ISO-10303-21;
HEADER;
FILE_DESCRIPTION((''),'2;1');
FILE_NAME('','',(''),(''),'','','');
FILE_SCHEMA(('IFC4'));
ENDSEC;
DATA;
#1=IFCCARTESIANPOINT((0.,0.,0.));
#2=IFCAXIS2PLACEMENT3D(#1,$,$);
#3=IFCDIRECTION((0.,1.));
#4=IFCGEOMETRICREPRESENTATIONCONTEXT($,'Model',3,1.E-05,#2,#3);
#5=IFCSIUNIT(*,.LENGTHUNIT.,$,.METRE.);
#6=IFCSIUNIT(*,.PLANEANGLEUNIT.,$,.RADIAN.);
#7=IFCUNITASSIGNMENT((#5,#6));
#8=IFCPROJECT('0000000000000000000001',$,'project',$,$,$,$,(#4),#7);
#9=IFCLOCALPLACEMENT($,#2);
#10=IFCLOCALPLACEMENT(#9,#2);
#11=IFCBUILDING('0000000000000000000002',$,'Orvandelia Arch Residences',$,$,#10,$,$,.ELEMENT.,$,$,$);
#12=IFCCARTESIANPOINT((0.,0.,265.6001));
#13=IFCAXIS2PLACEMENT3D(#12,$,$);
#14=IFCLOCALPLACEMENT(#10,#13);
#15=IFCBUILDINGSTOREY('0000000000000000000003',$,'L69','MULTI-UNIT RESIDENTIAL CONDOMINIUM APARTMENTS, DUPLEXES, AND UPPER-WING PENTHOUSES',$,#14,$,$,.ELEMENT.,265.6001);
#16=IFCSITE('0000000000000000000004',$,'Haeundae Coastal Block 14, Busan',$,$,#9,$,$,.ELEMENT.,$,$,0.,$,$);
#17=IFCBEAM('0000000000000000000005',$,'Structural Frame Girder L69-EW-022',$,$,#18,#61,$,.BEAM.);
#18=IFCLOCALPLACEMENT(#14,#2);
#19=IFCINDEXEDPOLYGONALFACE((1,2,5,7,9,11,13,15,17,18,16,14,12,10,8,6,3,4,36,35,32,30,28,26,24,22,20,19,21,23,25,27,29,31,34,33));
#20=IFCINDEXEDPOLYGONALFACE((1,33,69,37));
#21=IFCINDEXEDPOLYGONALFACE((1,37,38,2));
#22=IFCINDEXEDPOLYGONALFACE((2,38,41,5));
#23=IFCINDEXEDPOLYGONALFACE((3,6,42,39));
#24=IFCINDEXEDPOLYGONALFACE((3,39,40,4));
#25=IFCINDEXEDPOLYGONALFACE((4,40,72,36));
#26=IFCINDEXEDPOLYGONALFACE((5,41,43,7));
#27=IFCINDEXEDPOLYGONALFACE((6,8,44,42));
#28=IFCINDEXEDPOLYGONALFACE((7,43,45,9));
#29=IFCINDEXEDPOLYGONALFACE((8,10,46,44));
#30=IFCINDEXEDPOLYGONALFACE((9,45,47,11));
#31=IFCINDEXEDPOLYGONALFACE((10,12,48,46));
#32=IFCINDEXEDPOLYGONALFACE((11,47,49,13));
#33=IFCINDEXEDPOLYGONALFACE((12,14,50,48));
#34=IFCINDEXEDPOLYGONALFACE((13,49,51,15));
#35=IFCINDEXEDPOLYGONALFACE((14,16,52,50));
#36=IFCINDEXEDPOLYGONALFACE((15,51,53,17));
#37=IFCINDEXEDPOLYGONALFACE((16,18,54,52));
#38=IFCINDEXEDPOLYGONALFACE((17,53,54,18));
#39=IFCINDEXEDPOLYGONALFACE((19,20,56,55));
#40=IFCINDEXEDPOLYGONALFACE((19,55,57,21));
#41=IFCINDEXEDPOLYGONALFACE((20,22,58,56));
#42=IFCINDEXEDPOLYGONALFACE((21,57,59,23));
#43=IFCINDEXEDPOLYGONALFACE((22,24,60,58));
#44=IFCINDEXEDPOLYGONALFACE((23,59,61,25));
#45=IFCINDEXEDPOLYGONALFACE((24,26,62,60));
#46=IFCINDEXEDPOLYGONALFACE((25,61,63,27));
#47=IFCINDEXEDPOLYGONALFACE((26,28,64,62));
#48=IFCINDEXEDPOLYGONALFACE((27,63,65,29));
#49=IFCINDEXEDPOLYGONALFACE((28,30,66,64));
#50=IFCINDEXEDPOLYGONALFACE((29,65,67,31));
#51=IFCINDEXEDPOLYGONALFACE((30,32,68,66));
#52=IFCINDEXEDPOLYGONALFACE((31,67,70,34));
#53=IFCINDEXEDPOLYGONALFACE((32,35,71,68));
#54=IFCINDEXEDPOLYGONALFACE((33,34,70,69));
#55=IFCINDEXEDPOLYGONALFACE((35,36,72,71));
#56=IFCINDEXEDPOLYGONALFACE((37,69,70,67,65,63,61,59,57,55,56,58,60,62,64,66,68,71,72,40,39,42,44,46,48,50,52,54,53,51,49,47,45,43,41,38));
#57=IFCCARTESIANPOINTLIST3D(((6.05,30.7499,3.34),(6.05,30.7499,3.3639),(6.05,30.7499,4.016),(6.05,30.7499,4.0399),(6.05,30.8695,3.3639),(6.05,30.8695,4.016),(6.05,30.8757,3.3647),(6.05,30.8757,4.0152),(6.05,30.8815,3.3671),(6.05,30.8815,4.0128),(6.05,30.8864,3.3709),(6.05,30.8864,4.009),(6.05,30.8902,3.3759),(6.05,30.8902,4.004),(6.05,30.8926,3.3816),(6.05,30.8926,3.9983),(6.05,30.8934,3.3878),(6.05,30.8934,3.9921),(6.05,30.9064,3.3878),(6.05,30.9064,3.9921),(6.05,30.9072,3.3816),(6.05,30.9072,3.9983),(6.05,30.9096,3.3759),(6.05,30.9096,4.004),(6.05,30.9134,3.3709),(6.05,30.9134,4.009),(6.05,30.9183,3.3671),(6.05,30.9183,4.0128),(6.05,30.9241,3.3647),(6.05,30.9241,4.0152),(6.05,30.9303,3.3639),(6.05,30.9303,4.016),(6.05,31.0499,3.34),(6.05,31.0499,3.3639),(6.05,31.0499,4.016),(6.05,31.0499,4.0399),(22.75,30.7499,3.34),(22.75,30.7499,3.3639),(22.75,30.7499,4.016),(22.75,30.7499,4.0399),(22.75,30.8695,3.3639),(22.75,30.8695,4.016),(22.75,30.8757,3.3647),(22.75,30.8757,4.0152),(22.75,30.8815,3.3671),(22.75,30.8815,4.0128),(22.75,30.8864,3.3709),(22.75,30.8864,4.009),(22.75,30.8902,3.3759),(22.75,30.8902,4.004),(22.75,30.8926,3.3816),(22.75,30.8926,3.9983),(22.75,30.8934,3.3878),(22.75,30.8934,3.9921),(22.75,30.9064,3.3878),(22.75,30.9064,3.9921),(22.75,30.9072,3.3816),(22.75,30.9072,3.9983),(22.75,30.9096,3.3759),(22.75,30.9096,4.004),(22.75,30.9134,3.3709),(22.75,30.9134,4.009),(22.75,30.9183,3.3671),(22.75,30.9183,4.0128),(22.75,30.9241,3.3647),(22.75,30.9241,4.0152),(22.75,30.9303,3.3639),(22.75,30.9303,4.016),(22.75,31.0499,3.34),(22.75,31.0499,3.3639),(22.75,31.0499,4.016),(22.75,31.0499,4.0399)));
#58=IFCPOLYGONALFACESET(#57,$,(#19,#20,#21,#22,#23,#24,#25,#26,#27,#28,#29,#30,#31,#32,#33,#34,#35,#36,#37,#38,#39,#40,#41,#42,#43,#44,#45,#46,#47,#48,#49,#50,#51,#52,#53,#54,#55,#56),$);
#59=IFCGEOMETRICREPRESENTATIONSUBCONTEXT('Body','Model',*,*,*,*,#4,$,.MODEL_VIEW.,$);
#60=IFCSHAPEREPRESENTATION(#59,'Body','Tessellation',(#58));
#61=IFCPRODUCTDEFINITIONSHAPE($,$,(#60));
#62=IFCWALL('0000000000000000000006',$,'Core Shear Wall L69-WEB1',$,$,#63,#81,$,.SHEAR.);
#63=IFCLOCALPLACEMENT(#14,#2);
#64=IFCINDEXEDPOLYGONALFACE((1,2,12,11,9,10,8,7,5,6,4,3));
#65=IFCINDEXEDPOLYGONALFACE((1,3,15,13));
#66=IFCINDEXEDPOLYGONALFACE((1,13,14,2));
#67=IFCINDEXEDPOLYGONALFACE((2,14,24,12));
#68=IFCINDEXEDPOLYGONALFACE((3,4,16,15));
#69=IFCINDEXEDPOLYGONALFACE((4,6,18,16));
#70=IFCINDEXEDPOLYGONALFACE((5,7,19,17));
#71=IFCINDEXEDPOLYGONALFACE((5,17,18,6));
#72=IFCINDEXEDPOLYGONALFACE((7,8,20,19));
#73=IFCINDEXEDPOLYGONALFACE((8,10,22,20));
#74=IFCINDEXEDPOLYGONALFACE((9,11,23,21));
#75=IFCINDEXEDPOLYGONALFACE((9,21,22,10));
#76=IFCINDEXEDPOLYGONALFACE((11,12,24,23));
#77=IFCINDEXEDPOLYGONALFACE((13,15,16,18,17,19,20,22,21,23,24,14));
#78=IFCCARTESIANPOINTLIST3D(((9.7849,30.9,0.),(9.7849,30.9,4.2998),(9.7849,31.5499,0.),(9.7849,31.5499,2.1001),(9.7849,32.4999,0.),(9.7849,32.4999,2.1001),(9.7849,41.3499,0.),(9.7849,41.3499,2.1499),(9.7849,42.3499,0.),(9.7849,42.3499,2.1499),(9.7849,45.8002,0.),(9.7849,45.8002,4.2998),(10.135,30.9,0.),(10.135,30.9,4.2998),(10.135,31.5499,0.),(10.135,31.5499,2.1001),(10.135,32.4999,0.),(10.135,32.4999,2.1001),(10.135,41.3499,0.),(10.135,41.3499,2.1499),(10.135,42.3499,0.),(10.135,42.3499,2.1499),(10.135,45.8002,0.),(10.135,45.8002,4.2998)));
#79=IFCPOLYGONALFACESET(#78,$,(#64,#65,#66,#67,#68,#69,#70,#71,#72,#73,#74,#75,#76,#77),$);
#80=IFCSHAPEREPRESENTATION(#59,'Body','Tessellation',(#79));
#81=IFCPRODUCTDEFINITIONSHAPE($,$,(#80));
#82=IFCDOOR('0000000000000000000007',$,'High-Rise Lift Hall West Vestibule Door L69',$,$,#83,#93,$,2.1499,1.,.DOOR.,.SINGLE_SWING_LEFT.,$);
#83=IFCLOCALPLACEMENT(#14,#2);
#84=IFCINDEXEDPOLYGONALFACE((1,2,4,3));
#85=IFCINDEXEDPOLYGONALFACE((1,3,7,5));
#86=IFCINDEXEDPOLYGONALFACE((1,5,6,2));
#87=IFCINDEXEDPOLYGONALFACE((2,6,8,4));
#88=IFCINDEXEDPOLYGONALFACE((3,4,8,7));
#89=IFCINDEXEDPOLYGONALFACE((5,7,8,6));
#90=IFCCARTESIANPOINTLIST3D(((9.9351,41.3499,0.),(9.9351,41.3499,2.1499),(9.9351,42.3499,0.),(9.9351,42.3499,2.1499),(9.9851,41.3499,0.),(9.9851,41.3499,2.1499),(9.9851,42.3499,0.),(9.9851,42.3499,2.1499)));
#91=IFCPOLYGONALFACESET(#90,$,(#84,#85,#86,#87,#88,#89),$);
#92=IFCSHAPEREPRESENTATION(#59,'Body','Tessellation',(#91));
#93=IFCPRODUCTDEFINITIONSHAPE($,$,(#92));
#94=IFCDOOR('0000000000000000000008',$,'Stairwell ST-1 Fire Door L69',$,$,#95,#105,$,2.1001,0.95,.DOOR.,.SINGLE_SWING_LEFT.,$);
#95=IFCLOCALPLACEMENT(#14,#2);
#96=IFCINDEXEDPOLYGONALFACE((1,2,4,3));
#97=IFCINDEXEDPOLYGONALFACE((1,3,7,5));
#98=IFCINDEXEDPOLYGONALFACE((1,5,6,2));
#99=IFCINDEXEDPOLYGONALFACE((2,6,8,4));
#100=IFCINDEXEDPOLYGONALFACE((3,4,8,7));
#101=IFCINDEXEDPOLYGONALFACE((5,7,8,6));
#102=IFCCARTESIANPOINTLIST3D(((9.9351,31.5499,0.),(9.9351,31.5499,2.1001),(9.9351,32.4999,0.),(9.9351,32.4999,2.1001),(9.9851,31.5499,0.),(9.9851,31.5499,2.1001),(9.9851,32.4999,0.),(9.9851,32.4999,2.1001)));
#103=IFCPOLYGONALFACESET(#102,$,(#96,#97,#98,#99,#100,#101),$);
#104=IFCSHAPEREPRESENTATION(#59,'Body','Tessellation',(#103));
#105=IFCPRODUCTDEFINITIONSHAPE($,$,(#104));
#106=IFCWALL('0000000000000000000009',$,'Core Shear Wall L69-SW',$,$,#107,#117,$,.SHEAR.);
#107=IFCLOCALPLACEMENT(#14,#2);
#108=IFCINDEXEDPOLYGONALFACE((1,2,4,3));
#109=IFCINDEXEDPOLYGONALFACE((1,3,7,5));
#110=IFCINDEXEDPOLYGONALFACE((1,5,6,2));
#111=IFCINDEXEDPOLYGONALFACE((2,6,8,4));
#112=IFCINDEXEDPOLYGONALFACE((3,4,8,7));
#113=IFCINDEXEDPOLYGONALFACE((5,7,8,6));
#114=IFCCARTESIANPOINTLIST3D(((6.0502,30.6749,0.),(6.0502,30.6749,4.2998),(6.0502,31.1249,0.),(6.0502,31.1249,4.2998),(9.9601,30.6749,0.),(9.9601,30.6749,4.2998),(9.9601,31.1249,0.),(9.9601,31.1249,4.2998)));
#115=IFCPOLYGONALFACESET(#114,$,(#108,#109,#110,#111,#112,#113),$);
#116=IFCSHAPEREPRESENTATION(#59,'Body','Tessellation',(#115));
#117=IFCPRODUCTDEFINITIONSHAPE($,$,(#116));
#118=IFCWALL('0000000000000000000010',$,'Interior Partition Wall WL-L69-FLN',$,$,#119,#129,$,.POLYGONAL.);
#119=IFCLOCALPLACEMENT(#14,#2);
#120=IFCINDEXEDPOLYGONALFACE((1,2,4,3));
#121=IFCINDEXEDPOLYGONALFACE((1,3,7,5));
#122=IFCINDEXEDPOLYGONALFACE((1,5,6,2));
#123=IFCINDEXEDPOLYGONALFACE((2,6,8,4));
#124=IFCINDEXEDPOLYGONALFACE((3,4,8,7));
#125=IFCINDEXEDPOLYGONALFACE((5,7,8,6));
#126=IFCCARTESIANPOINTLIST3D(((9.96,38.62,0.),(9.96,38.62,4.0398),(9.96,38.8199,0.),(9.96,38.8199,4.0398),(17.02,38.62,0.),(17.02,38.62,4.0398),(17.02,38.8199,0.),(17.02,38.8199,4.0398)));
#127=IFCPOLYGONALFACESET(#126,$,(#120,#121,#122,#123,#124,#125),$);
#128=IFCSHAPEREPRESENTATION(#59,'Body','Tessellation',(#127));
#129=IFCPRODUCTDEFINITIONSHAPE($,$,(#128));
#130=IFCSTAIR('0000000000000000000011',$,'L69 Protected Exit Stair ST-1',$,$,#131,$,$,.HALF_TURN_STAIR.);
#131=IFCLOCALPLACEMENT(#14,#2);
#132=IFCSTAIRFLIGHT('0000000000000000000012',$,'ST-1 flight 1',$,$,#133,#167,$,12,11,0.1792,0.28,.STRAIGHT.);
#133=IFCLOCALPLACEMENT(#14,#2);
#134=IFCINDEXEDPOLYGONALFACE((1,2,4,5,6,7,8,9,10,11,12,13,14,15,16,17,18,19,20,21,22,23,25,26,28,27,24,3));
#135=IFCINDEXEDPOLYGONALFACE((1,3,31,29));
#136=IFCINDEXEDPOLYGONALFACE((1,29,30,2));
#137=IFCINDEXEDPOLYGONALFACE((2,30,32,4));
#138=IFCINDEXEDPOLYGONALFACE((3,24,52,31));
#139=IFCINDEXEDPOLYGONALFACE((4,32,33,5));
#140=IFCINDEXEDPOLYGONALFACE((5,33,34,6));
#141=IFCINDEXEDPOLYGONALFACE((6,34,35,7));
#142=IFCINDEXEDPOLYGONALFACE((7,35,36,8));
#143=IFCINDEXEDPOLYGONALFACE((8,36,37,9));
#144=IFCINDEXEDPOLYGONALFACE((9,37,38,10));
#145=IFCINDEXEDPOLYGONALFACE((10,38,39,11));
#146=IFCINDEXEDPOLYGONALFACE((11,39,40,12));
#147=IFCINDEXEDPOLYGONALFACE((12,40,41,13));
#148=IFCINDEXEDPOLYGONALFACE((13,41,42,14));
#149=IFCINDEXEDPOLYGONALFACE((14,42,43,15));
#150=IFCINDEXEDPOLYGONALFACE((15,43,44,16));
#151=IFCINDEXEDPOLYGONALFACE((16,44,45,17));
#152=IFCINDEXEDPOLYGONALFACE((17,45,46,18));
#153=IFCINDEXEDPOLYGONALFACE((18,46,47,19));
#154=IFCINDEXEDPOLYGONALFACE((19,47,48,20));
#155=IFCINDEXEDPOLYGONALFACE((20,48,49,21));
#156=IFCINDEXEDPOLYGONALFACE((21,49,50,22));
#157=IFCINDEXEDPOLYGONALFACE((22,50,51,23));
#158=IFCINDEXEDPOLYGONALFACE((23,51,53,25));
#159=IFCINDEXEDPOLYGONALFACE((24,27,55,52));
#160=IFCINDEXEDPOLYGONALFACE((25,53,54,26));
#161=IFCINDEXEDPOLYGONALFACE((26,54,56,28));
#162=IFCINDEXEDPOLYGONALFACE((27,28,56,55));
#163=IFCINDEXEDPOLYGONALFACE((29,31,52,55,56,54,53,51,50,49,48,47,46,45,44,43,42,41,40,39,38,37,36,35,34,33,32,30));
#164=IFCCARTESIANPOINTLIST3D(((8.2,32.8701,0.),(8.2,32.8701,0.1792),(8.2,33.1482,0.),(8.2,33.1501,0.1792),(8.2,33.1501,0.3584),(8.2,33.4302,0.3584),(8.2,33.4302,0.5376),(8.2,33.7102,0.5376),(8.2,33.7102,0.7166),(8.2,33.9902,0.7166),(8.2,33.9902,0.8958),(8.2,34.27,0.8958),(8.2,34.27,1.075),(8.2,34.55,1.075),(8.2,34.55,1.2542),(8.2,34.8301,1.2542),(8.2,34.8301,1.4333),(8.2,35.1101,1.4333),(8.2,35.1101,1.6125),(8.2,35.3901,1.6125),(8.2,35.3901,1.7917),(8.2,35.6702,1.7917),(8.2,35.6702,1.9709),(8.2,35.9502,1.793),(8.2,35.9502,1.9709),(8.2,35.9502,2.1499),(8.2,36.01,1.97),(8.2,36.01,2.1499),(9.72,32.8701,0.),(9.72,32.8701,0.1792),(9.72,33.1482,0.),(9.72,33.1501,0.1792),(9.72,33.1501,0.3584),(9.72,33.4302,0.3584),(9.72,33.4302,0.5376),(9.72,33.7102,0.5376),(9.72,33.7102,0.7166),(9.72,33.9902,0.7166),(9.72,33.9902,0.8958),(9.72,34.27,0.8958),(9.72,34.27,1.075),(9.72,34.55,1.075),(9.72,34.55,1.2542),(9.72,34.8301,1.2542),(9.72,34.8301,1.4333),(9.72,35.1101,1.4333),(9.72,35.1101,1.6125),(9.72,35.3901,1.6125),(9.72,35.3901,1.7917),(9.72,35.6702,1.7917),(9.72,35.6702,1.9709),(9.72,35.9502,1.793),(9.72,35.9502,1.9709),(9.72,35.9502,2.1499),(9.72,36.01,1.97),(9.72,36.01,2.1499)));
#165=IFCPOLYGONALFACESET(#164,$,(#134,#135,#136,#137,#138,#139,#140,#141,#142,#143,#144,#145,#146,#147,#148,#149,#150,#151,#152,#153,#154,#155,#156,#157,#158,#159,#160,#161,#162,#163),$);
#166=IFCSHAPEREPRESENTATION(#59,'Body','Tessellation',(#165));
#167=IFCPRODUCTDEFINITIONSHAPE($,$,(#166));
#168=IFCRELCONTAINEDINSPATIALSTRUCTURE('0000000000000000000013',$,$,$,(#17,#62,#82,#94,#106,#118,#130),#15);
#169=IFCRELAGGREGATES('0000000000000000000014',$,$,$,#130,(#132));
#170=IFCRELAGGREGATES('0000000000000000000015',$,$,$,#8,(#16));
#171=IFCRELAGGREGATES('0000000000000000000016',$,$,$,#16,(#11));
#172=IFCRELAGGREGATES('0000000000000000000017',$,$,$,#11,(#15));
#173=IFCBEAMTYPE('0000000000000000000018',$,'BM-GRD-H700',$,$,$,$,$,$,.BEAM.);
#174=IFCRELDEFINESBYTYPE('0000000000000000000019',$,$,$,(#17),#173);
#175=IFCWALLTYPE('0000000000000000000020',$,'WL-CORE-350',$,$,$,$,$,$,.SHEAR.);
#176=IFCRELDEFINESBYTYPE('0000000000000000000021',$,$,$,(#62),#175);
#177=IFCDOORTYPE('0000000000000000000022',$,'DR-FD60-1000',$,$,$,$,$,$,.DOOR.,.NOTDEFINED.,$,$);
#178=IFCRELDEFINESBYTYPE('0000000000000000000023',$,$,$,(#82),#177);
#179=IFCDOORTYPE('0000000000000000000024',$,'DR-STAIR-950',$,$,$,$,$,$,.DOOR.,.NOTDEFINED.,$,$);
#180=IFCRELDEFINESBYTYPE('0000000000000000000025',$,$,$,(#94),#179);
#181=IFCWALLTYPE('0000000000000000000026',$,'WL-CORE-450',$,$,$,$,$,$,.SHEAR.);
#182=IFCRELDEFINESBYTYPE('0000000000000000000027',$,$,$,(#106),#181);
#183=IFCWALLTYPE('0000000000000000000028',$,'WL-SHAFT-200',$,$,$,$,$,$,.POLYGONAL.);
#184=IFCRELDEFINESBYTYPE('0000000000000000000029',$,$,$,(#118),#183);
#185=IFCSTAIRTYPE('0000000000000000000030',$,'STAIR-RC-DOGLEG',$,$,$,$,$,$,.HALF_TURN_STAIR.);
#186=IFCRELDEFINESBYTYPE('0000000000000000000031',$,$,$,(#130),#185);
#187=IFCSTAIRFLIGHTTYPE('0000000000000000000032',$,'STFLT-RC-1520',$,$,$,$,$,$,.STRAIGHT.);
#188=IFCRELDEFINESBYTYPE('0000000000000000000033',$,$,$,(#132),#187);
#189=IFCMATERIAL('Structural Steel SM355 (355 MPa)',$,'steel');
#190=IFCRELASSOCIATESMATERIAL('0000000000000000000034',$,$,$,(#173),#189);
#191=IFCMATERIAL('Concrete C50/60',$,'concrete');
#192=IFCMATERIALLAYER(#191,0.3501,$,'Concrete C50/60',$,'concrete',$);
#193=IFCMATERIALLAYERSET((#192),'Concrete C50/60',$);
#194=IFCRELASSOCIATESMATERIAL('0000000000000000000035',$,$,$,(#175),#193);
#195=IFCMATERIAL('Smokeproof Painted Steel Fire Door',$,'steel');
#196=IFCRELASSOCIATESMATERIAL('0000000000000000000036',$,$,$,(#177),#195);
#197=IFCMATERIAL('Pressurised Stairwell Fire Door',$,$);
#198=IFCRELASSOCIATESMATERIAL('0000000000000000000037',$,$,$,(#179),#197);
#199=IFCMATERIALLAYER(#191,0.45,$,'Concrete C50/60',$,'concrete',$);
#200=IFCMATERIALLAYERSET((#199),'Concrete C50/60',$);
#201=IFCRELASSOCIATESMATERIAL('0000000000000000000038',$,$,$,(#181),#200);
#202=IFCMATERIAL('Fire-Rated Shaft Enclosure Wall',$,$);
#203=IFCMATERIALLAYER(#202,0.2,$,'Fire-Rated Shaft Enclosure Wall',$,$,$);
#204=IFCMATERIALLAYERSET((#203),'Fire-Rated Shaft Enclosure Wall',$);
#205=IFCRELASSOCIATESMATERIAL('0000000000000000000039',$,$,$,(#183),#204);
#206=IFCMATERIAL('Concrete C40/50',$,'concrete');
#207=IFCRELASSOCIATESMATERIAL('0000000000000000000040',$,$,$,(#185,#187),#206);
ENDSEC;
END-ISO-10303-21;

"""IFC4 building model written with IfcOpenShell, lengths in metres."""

from ifc_helpers import new_model, si_unit, direction, frame, frame_2d, origin, origin_2d, place, context, subcontext, project, spatial, polyline, rectangle, i_section, outline, extrude, material, layer, layer_set, material_profile, profile_set, type_object, element, fill, aggregate, save


model = new_model("IFC4")

# Units and contexts
model_context = context("Model", 3, precision=1e-05, world=origin(), true_north=direction((0.0, 1.0)))
body_context = subcontext(model_context, "Body", "Model", "MODEL_VIEW")
ifc_project = project(units=[si_unit("LENGTHUNIT", "METRE"), si_unit("PLANEANGLEUNIT", "RADIAN")], contexts=[model_context])

# Site, building, storey
site_placement = place(None, origin())
site = spatial("IfcSite", under=ifc_project, at=site_placement, Name="Haeundae Coastal Block 14, Busan", CompositionType="ELEMENT", RefElevation=0.0)
building_placement = place(site_placement, origin())
building = spatial("IfcBuilding", under=site, at=building_placement, Name="Orvandelia Arch Residences", CompositionType="ELEMENT")
storey_placement = place(building_placement, frame((0.0, 0.0, 265.6001)))
storey = spatial("IfcBuildingStorey", under=building, at=storey_placement, Name="L69", Description="MULTI-UNIT RESIDENTIAL CONDOMINIUM APARTMENTS, DUPLEXES, AND UPPER-WING PENTHOUSES", CompositionType="ELEMENT", Elevation=265.6001)

# Shared definitions
ifc_material_1 = material(Name="Concrete C50/60", Category="concrete")

# Beam
ifc_material_2 = material(Name="Structural Steel SM355 (355 MPa)", Category="steel")
ifc_material_profile_1 = material_profile(ifc_material_2, i_section(OverallWidth=0.3, OverallDepth=0.7, WebThickness=0.0129, FlangeThickness=0.0239, FilletRadius=0.0239, at=origin_2d()), Name="Structural Steel SM355 (355 MPa)", Category="steel")
ifc_profile_set_1 = profile_set([ifc_material_profile_1], Name="Structural Steel SM355 (355 MPa)")
beam_type = type_object("IfcBeamType", Name="BM-GRD-H700", PredefinedType="BEAM", material=ifc_profile_set_1)
beam_1_placement = place(storey_placement, frame((6.05, 30.8999, 3.6899), z_axis=(1.0, 0.0, 0.0), x_axis=(0.0, 1.0, 0.0)))
element("IfcBeam", 1, at=beam_1_placement, inside=storey, type_object=beam_type, Name="Structural Frame Girder L69-EW-022", PredefinedType="BEAM", context=body_context, shape_type="SweptSolid", body=[
    extrude(i_section(OverallWidth=0.3, OverallDepth=0.7, WebThickness=0.0129, FlangeThickness=0.0239, FilletRadius=0.0239, at=origin_2d()), origin(), (0.0, 0.0, 1.0), 16.7),
])

# Wall, openings, doors
ifc_layer_1 = layer(ifc_material_1, 0.3501, Name="Concrete C50/60", Category="concrete")
ifc_layer_set_1 = layer_set([ifc_layer_1], Name="Concrete C50/60")
wall_type_1 = type_object("IfcWallType", Name="WL-CORE-350", PredefinedType="SHEAR", material=ifc_layer_set_1)
wall_1_placement = place(storey_placement, frame((9.96, 30.8999, 0.0), z_axis=(0.0, 0.0, 1.0), x_axis=(0.0, 1.0, 0.0)))
wall_1 = element("IfcWall", 2, at=wall_1_placement, inside=storey, type_object=wall_type_1, Name="Core Shear Wall L69-WEB1", PredefinedType="SHEAR", context=body_context, shape_type="SweptSolid", body=[
    extrude(rectangle(XDim=14.9001, YDim=0.3501, at=frame_2d((7.4502, 0.0))), origin(), (0.0, 0.0, 1.0), 4.2998),
])
opening_1_placement = place(wall_1_placement, frame((0.6499, 0.0, 0.0)))
opening_1 = element("IfcOpeningElement", 3, at=opening_1_placement, cuts=wall_1, PredefinedType="OPENING", context=body_context, shape_type="SweptSolid", body=[
    extrude(rectangle(XDim=0.95, YDim=2.1001, at=frame_2d((0.4751, 1.05))), frame((0.0, 0.1851, 0.0), z_axis=(0.0, -1.0, 0.0), x_axis=(1.0, 0.0, 0.0)), (0.0, 0.0, 1.0), 0.3701),
])
opening_2_placement = place(wall_1_placement, frame((10.45, 0.0, 0.0)))
opening_2 = element("IfcOpeningElement", 4, at=opening_2_placement, cuts=wall_1, PredefinedType="OPENING", context=body_context, shape_type="SweptSolid", body=[
    extrude(rectangle(XDim=1.0, YDim=2.1499, at=frame_2d((0.5, 1.075))), frame((0.0, 0.1851, 0.0), z_axis=(0.0, -1.0, 0.0), x_axis=(1.0, 0.0, 0.0)), (0.0, 0.0, 1.0), 0.3701),
])
ifc_material_3 = material(Name="Smokeproof Painted Steel Fire Door", Category="steel")
door_type_1 = type_object("IfcDoorType", Name="DR-FD60-1000", OperationType="NOTDEFINED", PredefinedType="DOOR", material=ifc_material_3)
door_1_placement = place(opening_2_placement, origin())
door_1 = element("IfcDoor", 5, at=door_1_placement, inside=storey, type_object=door_type_1, Name="High-Rise Lift Hall West Vestibule Door L69", OperationType="SINGLE_SWING_LEFT", OverallHeight=2.1499, OverallWidth=1.0, PredefinedType="DOOR", context=body_context, shape_type="SweptSolid", body=[
    extrude(rectangle(XDim=1.0, YDim=2.1499, at=frame_2d((0.5, 1.075))), frame((0.0, 0.0249, 0.0), z_axis=(0.0, -1.0, 0.0), x_axis=(1.0, 0.0, 0.0)), (0.0, 0.0, 1.0), 0.05),
])
fill(opening_2, door_1)
ifc_material_4 = material(Name="Pressurised Stairwell Fire Door")
door_type_2 = type_object("IfcDoorType", Name="DR-STAIR-950", OperationType="NOTDEFINED", PredefinedType="DOOR", material=ifc_material_4)
door_2_placement = place(opening_1_placement, origin())
door_2 = element("IfcDoor", 6, at=door_2_placement, inside=storey, type_object=door_type_2, Name="Stairwell ST-1 Fire Door L69", OperationType="SINGLE_SWING_LEFT", OverallHeight=2.1001, OverallWidth=0.95, PredefinedType="DOOR", context=body_context, shape_type="SweptSolid", body=[
    extrude(rectangle(XDim=0.95, YDim=2.1001, at=frame_2d((0.4751, 1.05))), frame((0.0, 0.0249, 0.0), z_axis=(0.0, -1.0, 0.0), x_axis=(1.0, 0.0, 0.0)), (0.0, 0.0, 1.0), 0.05),
])
fill(opening_1, door_2)

# Wall
ifc_layer_2 = layer(ifc_material_1, 0.45, Name="Concrete C50/60", Category="concrete")
ifc_layer_set_2 = layer_set([ifc_layer_2], Name="Concrete C50/60")
wall_type_2 = type_object("IfcWallType", Name="WL-CORE-450", PredefinedType="SHEAR", material=ifc_layer_set_2)
wall_2_placement = place(storey_placement, frame((6.05, 30.8999, 0.0), z_axis=(0.0, 0.0, 1.0), x_axis=(1.0, 0.0, 0.0)))
element("IfcWall", 7, at=wall_2_placement, inside=storey, type_object=wall_type_2, Name="Core Shear Wall L69-SW", PredefinedType="SHEAR", context=body_context, shape_type="SweptSolid", body=[
    extrude(rectangle(XDim=3.9099, YDim=0.45, at=frame_2d((1.9551, 0.0))), origin(), (0.0, 0.0, 1.0), 4.2998),
])

# Wall
ifc_material_5 = material(Name="Fire-Rated Shaft Enclosure Wall")
ifc_layer_3 = layer(ifc_material_5, 0.2, Name="Fire-Rated Shaft Enclosure Wall")
ifc_layer_set_3 = layer_set([ifc_layer_3], Name="Fire-Rated Shaft Enclosure Wall")
wall_type_3 = type_object("IfcWallType", Name="WL-SHAFT-200", PredefinedType="POLYGONAL", material=ifc_layer_set_3)
wall_3_placement = place(storey_placement, frame((9.96, 38.72, 0.0), z_axis=(0.0, 0.0, 1.0), x_axis=(1.0, 0.0, 0.0)))
element("IfcWall", 8, at=wall_3_placement, inside=storey, type_object=wall_type_3, Name="Interior Partition Wall WL-L69-FLN", PredefinedType="POLYGONAL", context=body_context, shape_type="SweptSolid", body=[
    extrude(rectangle(XDim=7.0601, YDim=0.2, at=frame_2d((3.53, 0.0))), origin(), (0.0, 0.0, 1.0), 4.0398),
])

# Stair, stair flight
ifc_material_6 = material(Name="Concrete C40/50", Category="concrete")
stair_type = type_object("IfcStairType", Name="STAIR-RC-DOGLEG", PredefinedType="HALF_TURN_STAIR", material=ifc_material_6)
stair_placement = place(storey_placement, origin())
stair = element("IfcStair", 9, at=stair_placement, inside=storey, type_object=stair_type, Name="L69 Protected Exit Stair ST-1", PredefinedType="HALF_TURN_STAIR")
stair_flight_type = type_object("IfcStairFlightType", Name="STFLT-RC-1520", PredefinedType="STRAIGHT", material=ifc_material_6)
stair_flight_1_placement = place(storey_placement, frame((8.96, 32.8701, 0.0), z_axis=(0.0, 0.0, 1.0), x_axis=(0.0, 1.0, 0.0)))
stair_flight_1 = element("IfcStairFlight", 10, at=stair_flight_1_placement, type_object=stair_flight_type, Name="ST-1 flight 1", NumberOfRisers=12, NumberOfTreads=11, PredefinedType="STRAIGHT", RiserHeight=0.1792, TreadLength=0.28, context=body_context, shape_type="SweptSolid", body=[
    extrude(outline(polyline([(0.0, 0.0), (0.0, 0.1792), (0.28, 0.1792), (0.28, 0.3584), (0.5601, 0.3584), (0.5601, 0.5376), (0.8401, 0.5376), (0.8401, 0.7166), (1.1201, 0.7166), (1.1201, 0.8958), (1.3999, 0.8958), (1.3999, 1.075), (1.6799, 1.075), (1.6799, 1.2542), (1.96, 1.2542), (1.96, 1.4333), (2.24, 1.4333), (2.24, 1.6125), (2.52, 1.6125), (2.52, 1.7917), (2.8, 1.7917), (2.8, 1.9709), (3.0801, 1.9709), (3.0801, 2.1499), (3.1399, 2.1499), (3.1399, 1.97), (3.0801, 1.793), (0.2781, 0.0), (0.0, 0.0)])), frame((0.0, 0.76, 0.0), z_axis=(0.0, -1.0, 0.0), x_axis=(1.0, 0.0, 0.0)), (0.0, 0.0, 1.0), 1.52),
])
aggregate(stair, [stair_flight_1])

save(model, "model.ifc")
